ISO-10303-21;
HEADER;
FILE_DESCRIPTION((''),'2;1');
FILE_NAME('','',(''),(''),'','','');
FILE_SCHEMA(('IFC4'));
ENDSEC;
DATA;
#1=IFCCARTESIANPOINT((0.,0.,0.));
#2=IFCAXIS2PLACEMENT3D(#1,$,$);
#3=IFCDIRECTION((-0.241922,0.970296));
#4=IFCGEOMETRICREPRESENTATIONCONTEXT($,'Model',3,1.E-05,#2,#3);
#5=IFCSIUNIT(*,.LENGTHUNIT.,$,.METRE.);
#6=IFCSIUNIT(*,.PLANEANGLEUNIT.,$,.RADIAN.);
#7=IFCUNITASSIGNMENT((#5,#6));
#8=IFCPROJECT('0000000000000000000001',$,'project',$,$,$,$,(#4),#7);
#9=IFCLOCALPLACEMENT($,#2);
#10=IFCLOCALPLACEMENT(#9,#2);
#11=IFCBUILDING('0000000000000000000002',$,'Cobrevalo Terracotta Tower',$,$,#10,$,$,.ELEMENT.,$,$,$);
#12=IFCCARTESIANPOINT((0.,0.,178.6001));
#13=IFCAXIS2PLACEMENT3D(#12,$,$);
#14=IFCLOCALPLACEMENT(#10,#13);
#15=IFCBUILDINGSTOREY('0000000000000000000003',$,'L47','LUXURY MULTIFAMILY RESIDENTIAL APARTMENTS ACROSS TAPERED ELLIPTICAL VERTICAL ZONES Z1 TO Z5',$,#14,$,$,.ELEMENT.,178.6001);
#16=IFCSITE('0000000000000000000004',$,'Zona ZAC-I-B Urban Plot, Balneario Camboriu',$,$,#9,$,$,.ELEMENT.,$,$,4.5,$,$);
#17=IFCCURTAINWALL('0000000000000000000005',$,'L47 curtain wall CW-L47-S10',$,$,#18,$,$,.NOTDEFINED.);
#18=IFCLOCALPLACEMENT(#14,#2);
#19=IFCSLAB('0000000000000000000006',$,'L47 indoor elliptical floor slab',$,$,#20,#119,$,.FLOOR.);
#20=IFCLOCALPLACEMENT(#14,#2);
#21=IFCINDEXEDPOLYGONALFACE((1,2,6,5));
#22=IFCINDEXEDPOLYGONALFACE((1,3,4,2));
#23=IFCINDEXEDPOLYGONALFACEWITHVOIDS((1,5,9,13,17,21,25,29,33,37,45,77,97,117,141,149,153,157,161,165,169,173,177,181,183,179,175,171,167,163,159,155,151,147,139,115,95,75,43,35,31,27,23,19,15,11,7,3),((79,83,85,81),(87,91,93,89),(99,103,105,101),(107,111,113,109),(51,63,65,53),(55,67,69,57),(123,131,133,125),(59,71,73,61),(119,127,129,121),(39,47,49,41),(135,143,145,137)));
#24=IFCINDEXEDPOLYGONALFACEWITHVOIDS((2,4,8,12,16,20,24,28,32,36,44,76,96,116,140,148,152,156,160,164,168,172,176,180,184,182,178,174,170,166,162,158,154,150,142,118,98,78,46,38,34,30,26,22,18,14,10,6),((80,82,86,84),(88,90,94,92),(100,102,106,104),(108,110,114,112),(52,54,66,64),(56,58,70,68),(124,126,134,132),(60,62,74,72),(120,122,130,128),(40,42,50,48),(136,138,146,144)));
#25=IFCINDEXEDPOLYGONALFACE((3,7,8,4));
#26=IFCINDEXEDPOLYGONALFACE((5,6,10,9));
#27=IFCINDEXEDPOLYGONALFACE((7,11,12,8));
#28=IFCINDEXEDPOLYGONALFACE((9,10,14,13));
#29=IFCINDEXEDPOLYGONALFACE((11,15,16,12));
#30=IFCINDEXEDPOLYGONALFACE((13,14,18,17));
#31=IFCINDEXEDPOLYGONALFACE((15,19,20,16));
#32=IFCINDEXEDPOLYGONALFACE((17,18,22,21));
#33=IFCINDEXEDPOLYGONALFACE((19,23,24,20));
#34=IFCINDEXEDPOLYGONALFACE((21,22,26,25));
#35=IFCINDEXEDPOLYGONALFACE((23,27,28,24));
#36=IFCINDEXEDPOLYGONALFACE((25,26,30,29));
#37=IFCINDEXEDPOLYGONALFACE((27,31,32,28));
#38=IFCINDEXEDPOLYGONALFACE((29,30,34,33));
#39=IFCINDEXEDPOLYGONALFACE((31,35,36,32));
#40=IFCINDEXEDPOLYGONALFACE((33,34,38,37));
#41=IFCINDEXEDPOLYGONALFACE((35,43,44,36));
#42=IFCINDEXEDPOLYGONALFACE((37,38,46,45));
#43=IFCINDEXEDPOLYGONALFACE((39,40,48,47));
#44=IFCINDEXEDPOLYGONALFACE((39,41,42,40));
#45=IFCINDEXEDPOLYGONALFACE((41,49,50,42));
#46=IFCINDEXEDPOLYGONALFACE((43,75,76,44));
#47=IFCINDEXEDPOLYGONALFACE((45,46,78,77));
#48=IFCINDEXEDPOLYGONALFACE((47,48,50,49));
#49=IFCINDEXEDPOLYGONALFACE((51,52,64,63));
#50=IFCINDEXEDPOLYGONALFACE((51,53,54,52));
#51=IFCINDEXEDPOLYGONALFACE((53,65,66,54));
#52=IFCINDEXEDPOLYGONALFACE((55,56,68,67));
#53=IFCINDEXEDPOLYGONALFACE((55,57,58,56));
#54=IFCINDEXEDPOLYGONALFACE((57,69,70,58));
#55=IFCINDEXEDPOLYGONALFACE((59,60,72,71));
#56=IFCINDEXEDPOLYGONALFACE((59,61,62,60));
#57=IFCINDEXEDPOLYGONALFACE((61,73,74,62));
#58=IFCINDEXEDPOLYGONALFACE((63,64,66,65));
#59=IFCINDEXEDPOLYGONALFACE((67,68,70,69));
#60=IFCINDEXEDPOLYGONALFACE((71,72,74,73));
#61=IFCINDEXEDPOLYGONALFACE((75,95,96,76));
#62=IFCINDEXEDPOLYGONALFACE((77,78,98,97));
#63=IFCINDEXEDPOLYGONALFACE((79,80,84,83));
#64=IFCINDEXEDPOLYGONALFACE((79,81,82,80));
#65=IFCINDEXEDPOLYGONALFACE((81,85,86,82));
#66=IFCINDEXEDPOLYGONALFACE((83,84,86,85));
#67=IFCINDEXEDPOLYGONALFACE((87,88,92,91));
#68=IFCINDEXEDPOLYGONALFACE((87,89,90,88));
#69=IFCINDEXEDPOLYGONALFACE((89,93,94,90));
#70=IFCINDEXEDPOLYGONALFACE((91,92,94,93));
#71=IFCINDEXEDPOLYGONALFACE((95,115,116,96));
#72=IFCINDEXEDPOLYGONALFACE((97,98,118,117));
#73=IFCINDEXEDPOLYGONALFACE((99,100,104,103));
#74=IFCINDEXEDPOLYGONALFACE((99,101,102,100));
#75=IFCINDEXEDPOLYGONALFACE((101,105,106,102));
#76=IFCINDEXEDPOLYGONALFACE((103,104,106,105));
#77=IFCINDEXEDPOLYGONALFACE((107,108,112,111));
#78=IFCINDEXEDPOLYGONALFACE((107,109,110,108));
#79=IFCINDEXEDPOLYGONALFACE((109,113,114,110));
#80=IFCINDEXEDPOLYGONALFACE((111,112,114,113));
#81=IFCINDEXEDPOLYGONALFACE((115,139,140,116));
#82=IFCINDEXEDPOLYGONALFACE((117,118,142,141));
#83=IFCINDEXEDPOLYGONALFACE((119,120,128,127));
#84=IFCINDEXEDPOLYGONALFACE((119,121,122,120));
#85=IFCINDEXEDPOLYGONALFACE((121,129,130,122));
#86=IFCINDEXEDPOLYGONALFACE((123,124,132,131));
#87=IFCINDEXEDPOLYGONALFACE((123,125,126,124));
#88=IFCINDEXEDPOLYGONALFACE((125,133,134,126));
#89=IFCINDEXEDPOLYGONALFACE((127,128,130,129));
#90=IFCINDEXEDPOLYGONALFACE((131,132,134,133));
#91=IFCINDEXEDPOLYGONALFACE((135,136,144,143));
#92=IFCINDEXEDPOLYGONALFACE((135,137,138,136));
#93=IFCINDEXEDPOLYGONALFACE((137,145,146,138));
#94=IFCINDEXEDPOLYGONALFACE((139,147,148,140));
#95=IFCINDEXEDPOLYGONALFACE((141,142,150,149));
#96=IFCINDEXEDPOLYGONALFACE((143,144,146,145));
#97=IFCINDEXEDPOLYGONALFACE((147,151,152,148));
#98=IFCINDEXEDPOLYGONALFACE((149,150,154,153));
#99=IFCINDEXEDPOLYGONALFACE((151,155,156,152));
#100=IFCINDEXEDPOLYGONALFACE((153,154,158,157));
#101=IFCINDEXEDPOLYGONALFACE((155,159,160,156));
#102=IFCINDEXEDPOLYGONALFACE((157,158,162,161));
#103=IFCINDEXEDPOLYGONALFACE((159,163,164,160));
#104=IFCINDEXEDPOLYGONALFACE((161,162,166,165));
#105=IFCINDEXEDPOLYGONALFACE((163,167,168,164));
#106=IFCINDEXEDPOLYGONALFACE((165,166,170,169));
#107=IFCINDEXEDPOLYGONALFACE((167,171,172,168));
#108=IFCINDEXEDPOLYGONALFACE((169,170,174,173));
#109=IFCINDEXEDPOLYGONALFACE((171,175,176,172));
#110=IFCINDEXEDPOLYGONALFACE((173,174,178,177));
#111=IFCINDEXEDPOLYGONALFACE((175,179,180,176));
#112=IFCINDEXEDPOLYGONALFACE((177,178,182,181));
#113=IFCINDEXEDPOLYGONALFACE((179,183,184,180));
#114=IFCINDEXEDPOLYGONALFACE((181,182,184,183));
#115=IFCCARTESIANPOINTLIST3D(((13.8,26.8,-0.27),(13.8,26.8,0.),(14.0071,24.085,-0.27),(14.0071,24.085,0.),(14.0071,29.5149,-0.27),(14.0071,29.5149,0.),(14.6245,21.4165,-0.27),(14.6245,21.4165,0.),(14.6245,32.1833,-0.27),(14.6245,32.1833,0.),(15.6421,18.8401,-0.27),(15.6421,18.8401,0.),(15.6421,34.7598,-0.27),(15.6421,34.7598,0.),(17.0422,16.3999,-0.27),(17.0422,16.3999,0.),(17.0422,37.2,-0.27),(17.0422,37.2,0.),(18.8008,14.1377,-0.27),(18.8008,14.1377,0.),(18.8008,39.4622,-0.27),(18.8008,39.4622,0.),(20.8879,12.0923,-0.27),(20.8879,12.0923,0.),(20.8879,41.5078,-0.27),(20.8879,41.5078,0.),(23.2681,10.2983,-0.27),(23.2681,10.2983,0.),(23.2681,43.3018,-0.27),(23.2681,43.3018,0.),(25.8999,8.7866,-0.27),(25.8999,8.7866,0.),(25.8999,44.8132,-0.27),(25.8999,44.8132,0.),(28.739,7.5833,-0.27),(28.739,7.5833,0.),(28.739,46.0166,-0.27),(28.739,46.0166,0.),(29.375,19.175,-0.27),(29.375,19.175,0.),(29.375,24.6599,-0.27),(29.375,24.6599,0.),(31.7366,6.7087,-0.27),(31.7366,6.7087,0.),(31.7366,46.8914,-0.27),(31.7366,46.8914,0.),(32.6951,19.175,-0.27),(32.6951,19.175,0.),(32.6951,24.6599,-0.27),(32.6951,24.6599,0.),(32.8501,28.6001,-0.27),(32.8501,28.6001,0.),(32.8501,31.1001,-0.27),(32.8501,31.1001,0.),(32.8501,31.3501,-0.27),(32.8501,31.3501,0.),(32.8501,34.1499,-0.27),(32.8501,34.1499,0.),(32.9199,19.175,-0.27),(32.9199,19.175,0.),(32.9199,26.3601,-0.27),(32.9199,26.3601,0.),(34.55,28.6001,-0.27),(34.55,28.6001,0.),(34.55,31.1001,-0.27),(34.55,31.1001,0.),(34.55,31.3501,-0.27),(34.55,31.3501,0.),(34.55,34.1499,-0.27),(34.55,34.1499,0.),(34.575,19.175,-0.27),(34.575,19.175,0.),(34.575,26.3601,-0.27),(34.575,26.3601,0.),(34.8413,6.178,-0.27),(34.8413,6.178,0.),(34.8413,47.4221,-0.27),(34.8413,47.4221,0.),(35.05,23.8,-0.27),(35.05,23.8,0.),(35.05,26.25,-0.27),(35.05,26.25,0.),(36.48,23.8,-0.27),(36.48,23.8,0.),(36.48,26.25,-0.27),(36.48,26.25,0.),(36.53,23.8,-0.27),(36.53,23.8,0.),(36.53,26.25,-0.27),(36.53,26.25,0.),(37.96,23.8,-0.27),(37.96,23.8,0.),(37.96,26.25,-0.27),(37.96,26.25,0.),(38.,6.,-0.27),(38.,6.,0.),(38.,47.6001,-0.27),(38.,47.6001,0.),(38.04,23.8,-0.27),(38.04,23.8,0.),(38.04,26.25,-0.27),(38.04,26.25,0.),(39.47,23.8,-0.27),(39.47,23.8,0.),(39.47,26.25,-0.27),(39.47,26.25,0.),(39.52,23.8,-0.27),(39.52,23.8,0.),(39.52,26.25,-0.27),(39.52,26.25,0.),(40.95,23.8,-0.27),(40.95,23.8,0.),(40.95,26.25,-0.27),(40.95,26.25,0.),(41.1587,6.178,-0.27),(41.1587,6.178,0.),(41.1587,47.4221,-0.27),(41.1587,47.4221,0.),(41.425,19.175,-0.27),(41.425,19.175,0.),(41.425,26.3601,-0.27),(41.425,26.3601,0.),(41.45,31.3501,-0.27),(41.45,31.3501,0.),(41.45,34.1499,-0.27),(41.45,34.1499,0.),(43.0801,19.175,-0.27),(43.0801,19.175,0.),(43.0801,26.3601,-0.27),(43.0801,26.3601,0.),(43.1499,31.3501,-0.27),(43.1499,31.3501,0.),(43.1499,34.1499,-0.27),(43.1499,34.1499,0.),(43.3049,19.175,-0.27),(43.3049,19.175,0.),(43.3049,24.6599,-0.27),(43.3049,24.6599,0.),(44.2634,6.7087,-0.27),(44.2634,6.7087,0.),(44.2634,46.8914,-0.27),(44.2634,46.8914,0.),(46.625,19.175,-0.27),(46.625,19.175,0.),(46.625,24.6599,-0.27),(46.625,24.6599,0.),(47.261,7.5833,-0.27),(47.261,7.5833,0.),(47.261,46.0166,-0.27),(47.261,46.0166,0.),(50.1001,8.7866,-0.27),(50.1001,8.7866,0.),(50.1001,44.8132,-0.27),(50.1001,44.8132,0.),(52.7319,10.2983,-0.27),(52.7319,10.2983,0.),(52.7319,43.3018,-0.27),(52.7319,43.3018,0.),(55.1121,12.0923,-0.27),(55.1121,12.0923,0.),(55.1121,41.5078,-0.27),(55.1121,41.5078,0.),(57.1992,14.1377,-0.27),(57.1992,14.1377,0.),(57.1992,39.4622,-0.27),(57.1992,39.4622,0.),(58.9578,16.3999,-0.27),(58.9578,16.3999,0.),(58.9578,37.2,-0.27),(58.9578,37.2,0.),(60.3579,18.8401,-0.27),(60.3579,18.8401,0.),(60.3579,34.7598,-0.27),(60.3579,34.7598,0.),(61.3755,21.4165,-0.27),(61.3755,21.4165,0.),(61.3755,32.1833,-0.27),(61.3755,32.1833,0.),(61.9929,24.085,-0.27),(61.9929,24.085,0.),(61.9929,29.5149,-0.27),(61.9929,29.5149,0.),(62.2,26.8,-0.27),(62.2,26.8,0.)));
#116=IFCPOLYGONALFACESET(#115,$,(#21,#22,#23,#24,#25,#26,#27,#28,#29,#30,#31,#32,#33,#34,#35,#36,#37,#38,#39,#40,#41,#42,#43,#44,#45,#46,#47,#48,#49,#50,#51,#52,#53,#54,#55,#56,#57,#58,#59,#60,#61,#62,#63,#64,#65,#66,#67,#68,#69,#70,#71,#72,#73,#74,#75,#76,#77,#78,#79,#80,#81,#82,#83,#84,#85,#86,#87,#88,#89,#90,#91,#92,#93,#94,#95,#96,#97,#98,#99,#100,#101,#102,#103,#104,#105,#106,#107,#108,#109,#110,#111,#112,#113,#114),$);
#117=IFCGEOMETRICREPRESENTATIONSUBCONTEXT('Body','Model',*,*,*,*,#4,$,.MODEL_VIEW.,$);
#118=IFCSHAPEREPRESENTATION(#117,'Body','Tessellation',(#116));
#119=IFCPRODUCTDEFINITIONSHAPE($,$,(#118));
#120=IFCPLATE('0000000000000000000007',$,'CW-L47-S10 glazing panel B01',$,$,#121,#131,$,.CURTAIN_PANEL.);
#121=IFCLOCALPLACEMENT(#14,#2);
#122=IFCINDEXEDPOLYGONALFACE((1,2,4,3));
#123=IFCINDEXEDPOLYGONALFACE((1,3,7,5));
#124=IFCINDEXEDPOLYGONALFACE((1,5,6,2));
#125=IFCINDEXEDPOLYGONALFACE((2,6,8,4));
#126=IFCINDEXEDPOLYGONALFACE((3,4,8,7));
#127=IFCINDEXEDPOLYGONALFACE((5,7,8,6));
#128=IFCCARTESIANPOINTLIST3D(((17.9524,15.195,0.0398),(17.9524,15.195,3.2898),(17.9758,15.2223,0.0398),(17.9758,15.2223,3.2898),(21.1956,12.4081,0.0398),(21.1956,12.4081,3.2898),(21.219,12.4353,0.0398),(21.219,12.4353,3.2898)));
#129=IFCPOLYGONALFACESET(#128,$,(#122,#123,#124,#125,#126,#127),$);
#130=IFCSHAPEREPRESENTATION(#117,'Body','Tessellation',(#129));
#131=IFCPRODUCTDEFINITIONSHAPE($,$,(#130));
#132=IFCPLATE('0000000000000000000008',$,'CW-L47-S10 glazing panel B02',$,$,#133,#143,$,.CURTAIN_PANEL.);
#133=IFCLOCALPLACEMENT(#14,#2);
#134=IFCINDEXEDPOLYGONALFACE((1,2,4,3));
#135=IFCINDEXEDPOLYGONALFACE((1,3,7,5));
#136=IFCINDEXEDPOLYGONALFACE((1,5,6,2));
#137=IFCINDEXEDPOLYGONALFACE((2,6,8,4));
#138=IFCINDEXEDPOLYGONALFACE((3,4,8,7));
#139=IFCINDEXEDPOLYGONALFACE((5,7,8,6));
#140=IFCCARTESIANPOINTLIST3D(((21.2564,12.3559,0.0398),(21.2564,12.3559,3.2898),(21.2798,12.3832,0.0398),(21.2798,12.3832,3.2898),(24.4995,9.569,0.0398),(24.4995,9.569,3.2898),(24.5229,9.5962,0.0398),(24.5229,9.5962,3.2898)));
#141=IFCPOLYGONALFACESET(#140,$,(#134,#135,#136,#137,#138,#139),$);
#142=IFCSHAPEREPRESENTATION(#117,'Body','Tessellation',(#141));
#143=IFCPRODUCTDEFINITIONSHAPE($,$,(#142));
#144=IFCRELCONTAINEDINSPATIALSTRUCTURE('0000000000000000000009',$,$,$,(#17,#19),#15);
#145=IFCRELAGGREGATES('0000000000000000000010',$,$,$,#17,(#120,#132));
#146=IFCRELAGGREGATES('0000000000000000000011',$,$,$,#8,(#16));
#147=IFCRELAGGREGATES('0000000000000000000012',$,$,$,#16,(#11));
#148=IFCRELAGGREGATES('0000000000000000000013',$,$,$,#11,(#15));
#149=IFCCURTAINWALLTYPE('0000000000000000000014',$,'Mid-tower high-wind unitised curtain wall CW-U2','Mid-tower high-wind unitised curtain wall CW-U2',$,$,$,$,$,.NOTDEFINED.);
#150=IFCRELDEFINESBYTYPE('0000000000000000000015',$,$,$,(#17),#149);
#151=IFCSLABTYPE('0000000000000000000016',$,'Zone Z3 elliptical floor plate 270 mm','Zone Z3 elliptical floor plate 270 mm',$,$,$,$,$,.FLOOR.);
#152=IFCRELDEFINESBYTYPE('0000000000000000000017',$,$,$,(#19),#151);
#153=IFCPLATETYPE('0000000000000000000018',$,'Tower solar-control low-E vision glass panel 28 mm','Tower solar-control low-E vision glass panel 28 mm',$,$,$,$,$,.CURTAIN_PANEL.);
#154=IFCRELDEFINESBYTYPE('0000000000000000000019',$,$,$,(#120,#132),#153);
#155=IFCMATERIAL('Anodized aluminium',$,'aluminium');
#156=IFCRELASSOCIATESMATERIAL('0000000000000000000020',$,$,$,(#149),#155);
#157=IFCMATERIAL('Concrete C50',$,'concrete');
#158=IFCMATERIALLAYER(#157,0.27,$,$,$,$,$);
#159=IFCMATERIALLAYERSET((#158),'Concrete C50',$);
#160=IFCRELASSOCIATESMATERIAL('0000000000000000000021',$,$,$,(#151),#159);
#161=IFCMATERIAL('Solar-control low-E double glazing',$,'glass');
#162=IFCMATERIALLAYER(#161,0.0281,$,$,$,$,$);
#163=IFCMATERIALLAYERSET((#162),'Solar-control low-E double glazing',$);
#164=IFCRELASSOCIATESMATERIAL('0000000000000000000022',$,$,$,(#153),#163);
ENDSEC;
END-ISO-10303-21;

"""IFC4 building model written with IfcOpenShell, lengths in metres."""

from ifc_helpers import new_model, si_unit, direction, frame, origin, origin_2d, place, context, subcontext, project, spatial, polyline, rectangle, outline, extrude, source, transform, mapped, material, layer, layer_set, type_object, element, aggregate, save


model = new_model("IFC4")

# Units and contexts
model_context = context("Model", 3, precision=1e-05, world=origin(), true_north=direction((-0.241922, 0.970296)))
body_context = subcontext(model_context, "Body", "Model", "MODEL_VIEW")
ifc_project = project(units=[si_unit("LENGTHUNIT", "METRE"), si_unit("PLANEANGLEUNIT", "RADIAN")], contexts=[model_context])

# Site, building, storey
site_placement = place(None, origin())
site = spatial("IfcSite", under=ifc_project, at=site_placement, Name="Zona ZAC-I-B Urban Plot, Balneario Camboriu", CompositionType="ELEMENT", RefElevation=4.5)
building_placement = place(site_placement, origin())
building = spatial("IfcBuilding", under=site, at=building_placement, Name="Cobrevalo Terracotta Tower", CompositionType="ELEMENT")
storey_placement = place(building_placement, frame((0.0, 0.0, 178.6001)))
storey = spatial("IfcBuildingStorey", under=building, at=storey_placement, Name="L47", Description="LUXURY MULTIFAMILY RESIDENTIAL APARTMENTS ACROSS TAPERED ELLIPTICAL VERTICAL ZONES Z1 TO Z5", CompositionType="ELEMENT", Elevation=178.6001)

# Curtain wall
ifc_material_1 = material(Name="Anodized aluminium", Category="aluminium")
curtain_wall_type = type_object("IfcCurtainWallType", Name="Mid-tower high-wind unitised curtain wall CW-U2", Description="Mid-tower high-wind unitised curtain wall CW-U2", PredefinedType="NOTDEFINED", material=ifc_material_1)
curtain_wall_1_placement = place(storey_placement, origin())
curtain_wall_1 = element("IfcCurtainWall", 1, at=curtain_wall_1_placement, inside=storey, type_object=curtain_wall_type, Name="L47 curtain wall CW-L47-S10", PredefinedType="NOTDEFINED")

# Shared definitions
ifc_material_2 = material(Name="Concrete C50", Category="concrete")

# Slab
ifc_layer_1 = layer(ifc_material_2, 0.27)
ifc_layer_set_1 = layer_set([ifc_layer_1], Name="Concrete C50")
slab_type_1 = type_object("IfcSlabType", Name="Zone Z3 elliptical floor plate 270 mm", Description="Zone Z3 elliptical floor plate 270 mm", PredefinedType="FLOOR", material=ifc_layer_set_1)
slab_1_placement = place(storey_placement, frame((0.0, 0.0, -0.27)))
element("IfcSlab", 2, at=slab_1_placement, inside=storey, type_object=slab_type_1, Name="L47 indoor elliptical floor slab", PredefinedType="FLOOR", context=body_context, shape_type="SweptSolid", body=[
    extrude(outline(polyline([(61.9929, 24.085), (61.3755, 21.4165), (60.3579, 18.8401), (58.9578, 16.3999), (57.1992, 14.1377), (55.1121, 12.0923), (52.7319, 10.2983), (50.1001, 8.7866), (47.261, 7.5833), (44.2634, 6.7087), (41.1587, 6.178), (38.0, 6.0), (34.8413, 6.178), (31.7366, 6.7087), (28.739, 7.5833), (25.8999, 8.7866), (23.2681, 10.2983), (20.8879, 12.0923), (18.8008, 14.1377), (17.0422, 16.3999), (15.6421, 18.8401), (14.6245, 21.4165), (14.0071, 24.085), (13.8, 26.8), (14.0071, 29.5149), (14.6245, 32.1833), (15.6421, 34.7598), (17.0422, 37.2), (18.8008, 39.4622), (20.8879, 41.5078), (23.2681, 43.3018), (25.8999, 44.8132), (28.739, 46.0166), (31.7366, 46.8914), (34.8413, 47.4221), (38.0, 47.6001), (41.1587, 47.4221), (44.2634, 46.8914), (47.261, 46.0166), (50.1001, 44.8132), (52.7319, 43.3018), (55.1121, 41.5078), (57.1992, 39.4622), (58.9578, 37.2), (60.3579, 34.7598), (61.3755, 32.1833), (61.9929, 29.5149), (62.2, 26.8), (61.9929, 24.085)]), holes=[polyline([(32.6951, 19.175), (32.6951, 24.6599), (29.375, 24.6599), (29.375, 19.175), (32.6951, 19.175)]), polyline([(34.575, 26.3601), (32.9199, 26.3601), (32.9199, 19.175), (34.575, 19.175), (34.575, 26.3601)]), polyline([(36.48, 26.25), (35.05, 26.25), (35.05, 23.8), (36.48, 23.8), (36.48, 26.25)]), polyline([(37.96, 23.8), (37.96, 26.25), (36.53, 26.25), (36.53, 23.8), (37.96, 23.8)]), polyline([(34.55, 28.6001), (34.55, 31.1001), (32.8501, 31.1001), (32.8501, 28.6001), (34.55, 28.6001)]), polyline([(34.55, 34.1499), (32.8501, 34.1499), (32.8501, 31.3501), (34.55, 31.3501), (34.55, 34.1499)]), polyline([(43.3049, 19.175), (46.625, 19.175), (46.625, 24.6599), (43.3049, 24.6599), (43.3049, 19.175)]), polyline([(43.0801, 19.175), (43.0801, 26.3601), (41.425, 26.3601), (41.425, 19.175), (43.0801, 19.175)]), polyline([(39.47, 26.25), (38.04, 26.25), (38.04, 23.8), (39.47, 23.8), (39.47, 26.25)]), polyline([(40.95, 23.8), (40.95, 26.25), (39.52, 26.25), (39.52, 23.8), (40.95, 23.8)]), polyline([(43.1499, 31.3501), (43.1499, 34.1499), (41.45, 34.1499), (41.45, 31.3501), (43.1499, 31.3501)])]), origin(), (0.0, 0.0, 1.0), 0.27),
])

# Plates
ifc_material_3 = material(Name="Solar-control low-E double glazing", Category="glass")
ifc_layer_2 = layer(ifc_material_3, 0.0281)
ifc_layer_set_2 = layer_set([ifc_layer_2], Name="Solar-control low-E double glazing")
plate_type = type_object("IfcPlateType", Name="Tower solar-control low-E vision glass panel 28 mm", Description="Tower solar-control low-E vision glass panel 28 mm", PredefinedType="CURTAIN_PANEL", material=ifc_layer_set_2)
shared_shape_1 = source(origin(), body_context, "Body", "SweptSolid", [
    extrude(rectangle(XDim=4.2761, YDim=0.0359, at=origin_2d()), origin(), (0.0, 0.0, 1.0), 3.25),
])
plate_1_placement = place(storey_placement, frame((19.5857, 13.8152, 0.0398), z_axis=(0.0, 0.0, 1.0), x_axis=(0.758437, -0.651746, 0.0)))
plate_1 = element("IfcPlate", 3, at=plate_1_placement, type_object=plate_type, Name="CW-L47-S10 glazing panel B01", PredefinedType="CURTAIN_PANEL", context=body_context, shape_type="MappedRepresentation", body=[
    mapped(shared_shape_1, transform((0.0, 0.0, 0.0), scale=1.0)),
])
plate_2_placement = place(storey_placement, frame((22.8896, 10.9761, 0.0398), z_axis=(0.0, 0.0, 1.0), x_axis=(0.758437, -0.651746, 0.0)))
plate_2 = element("IfcPlate", 4, at=plate_2_placement, type_object=plate_type, Name="CW-L47-S10 glazing panel B02", PredefinedType="CURTAIN_PANEL", context=body_context, shape_type="MappedRepresentation", body=[
    mapped(shared_shape_1, transform((0.0, 0.0, 0.0), scale=1.0)),
])
aggregate(curtain_wall_1, [plate_1, plate_2])

save(model, "model.ifc")
